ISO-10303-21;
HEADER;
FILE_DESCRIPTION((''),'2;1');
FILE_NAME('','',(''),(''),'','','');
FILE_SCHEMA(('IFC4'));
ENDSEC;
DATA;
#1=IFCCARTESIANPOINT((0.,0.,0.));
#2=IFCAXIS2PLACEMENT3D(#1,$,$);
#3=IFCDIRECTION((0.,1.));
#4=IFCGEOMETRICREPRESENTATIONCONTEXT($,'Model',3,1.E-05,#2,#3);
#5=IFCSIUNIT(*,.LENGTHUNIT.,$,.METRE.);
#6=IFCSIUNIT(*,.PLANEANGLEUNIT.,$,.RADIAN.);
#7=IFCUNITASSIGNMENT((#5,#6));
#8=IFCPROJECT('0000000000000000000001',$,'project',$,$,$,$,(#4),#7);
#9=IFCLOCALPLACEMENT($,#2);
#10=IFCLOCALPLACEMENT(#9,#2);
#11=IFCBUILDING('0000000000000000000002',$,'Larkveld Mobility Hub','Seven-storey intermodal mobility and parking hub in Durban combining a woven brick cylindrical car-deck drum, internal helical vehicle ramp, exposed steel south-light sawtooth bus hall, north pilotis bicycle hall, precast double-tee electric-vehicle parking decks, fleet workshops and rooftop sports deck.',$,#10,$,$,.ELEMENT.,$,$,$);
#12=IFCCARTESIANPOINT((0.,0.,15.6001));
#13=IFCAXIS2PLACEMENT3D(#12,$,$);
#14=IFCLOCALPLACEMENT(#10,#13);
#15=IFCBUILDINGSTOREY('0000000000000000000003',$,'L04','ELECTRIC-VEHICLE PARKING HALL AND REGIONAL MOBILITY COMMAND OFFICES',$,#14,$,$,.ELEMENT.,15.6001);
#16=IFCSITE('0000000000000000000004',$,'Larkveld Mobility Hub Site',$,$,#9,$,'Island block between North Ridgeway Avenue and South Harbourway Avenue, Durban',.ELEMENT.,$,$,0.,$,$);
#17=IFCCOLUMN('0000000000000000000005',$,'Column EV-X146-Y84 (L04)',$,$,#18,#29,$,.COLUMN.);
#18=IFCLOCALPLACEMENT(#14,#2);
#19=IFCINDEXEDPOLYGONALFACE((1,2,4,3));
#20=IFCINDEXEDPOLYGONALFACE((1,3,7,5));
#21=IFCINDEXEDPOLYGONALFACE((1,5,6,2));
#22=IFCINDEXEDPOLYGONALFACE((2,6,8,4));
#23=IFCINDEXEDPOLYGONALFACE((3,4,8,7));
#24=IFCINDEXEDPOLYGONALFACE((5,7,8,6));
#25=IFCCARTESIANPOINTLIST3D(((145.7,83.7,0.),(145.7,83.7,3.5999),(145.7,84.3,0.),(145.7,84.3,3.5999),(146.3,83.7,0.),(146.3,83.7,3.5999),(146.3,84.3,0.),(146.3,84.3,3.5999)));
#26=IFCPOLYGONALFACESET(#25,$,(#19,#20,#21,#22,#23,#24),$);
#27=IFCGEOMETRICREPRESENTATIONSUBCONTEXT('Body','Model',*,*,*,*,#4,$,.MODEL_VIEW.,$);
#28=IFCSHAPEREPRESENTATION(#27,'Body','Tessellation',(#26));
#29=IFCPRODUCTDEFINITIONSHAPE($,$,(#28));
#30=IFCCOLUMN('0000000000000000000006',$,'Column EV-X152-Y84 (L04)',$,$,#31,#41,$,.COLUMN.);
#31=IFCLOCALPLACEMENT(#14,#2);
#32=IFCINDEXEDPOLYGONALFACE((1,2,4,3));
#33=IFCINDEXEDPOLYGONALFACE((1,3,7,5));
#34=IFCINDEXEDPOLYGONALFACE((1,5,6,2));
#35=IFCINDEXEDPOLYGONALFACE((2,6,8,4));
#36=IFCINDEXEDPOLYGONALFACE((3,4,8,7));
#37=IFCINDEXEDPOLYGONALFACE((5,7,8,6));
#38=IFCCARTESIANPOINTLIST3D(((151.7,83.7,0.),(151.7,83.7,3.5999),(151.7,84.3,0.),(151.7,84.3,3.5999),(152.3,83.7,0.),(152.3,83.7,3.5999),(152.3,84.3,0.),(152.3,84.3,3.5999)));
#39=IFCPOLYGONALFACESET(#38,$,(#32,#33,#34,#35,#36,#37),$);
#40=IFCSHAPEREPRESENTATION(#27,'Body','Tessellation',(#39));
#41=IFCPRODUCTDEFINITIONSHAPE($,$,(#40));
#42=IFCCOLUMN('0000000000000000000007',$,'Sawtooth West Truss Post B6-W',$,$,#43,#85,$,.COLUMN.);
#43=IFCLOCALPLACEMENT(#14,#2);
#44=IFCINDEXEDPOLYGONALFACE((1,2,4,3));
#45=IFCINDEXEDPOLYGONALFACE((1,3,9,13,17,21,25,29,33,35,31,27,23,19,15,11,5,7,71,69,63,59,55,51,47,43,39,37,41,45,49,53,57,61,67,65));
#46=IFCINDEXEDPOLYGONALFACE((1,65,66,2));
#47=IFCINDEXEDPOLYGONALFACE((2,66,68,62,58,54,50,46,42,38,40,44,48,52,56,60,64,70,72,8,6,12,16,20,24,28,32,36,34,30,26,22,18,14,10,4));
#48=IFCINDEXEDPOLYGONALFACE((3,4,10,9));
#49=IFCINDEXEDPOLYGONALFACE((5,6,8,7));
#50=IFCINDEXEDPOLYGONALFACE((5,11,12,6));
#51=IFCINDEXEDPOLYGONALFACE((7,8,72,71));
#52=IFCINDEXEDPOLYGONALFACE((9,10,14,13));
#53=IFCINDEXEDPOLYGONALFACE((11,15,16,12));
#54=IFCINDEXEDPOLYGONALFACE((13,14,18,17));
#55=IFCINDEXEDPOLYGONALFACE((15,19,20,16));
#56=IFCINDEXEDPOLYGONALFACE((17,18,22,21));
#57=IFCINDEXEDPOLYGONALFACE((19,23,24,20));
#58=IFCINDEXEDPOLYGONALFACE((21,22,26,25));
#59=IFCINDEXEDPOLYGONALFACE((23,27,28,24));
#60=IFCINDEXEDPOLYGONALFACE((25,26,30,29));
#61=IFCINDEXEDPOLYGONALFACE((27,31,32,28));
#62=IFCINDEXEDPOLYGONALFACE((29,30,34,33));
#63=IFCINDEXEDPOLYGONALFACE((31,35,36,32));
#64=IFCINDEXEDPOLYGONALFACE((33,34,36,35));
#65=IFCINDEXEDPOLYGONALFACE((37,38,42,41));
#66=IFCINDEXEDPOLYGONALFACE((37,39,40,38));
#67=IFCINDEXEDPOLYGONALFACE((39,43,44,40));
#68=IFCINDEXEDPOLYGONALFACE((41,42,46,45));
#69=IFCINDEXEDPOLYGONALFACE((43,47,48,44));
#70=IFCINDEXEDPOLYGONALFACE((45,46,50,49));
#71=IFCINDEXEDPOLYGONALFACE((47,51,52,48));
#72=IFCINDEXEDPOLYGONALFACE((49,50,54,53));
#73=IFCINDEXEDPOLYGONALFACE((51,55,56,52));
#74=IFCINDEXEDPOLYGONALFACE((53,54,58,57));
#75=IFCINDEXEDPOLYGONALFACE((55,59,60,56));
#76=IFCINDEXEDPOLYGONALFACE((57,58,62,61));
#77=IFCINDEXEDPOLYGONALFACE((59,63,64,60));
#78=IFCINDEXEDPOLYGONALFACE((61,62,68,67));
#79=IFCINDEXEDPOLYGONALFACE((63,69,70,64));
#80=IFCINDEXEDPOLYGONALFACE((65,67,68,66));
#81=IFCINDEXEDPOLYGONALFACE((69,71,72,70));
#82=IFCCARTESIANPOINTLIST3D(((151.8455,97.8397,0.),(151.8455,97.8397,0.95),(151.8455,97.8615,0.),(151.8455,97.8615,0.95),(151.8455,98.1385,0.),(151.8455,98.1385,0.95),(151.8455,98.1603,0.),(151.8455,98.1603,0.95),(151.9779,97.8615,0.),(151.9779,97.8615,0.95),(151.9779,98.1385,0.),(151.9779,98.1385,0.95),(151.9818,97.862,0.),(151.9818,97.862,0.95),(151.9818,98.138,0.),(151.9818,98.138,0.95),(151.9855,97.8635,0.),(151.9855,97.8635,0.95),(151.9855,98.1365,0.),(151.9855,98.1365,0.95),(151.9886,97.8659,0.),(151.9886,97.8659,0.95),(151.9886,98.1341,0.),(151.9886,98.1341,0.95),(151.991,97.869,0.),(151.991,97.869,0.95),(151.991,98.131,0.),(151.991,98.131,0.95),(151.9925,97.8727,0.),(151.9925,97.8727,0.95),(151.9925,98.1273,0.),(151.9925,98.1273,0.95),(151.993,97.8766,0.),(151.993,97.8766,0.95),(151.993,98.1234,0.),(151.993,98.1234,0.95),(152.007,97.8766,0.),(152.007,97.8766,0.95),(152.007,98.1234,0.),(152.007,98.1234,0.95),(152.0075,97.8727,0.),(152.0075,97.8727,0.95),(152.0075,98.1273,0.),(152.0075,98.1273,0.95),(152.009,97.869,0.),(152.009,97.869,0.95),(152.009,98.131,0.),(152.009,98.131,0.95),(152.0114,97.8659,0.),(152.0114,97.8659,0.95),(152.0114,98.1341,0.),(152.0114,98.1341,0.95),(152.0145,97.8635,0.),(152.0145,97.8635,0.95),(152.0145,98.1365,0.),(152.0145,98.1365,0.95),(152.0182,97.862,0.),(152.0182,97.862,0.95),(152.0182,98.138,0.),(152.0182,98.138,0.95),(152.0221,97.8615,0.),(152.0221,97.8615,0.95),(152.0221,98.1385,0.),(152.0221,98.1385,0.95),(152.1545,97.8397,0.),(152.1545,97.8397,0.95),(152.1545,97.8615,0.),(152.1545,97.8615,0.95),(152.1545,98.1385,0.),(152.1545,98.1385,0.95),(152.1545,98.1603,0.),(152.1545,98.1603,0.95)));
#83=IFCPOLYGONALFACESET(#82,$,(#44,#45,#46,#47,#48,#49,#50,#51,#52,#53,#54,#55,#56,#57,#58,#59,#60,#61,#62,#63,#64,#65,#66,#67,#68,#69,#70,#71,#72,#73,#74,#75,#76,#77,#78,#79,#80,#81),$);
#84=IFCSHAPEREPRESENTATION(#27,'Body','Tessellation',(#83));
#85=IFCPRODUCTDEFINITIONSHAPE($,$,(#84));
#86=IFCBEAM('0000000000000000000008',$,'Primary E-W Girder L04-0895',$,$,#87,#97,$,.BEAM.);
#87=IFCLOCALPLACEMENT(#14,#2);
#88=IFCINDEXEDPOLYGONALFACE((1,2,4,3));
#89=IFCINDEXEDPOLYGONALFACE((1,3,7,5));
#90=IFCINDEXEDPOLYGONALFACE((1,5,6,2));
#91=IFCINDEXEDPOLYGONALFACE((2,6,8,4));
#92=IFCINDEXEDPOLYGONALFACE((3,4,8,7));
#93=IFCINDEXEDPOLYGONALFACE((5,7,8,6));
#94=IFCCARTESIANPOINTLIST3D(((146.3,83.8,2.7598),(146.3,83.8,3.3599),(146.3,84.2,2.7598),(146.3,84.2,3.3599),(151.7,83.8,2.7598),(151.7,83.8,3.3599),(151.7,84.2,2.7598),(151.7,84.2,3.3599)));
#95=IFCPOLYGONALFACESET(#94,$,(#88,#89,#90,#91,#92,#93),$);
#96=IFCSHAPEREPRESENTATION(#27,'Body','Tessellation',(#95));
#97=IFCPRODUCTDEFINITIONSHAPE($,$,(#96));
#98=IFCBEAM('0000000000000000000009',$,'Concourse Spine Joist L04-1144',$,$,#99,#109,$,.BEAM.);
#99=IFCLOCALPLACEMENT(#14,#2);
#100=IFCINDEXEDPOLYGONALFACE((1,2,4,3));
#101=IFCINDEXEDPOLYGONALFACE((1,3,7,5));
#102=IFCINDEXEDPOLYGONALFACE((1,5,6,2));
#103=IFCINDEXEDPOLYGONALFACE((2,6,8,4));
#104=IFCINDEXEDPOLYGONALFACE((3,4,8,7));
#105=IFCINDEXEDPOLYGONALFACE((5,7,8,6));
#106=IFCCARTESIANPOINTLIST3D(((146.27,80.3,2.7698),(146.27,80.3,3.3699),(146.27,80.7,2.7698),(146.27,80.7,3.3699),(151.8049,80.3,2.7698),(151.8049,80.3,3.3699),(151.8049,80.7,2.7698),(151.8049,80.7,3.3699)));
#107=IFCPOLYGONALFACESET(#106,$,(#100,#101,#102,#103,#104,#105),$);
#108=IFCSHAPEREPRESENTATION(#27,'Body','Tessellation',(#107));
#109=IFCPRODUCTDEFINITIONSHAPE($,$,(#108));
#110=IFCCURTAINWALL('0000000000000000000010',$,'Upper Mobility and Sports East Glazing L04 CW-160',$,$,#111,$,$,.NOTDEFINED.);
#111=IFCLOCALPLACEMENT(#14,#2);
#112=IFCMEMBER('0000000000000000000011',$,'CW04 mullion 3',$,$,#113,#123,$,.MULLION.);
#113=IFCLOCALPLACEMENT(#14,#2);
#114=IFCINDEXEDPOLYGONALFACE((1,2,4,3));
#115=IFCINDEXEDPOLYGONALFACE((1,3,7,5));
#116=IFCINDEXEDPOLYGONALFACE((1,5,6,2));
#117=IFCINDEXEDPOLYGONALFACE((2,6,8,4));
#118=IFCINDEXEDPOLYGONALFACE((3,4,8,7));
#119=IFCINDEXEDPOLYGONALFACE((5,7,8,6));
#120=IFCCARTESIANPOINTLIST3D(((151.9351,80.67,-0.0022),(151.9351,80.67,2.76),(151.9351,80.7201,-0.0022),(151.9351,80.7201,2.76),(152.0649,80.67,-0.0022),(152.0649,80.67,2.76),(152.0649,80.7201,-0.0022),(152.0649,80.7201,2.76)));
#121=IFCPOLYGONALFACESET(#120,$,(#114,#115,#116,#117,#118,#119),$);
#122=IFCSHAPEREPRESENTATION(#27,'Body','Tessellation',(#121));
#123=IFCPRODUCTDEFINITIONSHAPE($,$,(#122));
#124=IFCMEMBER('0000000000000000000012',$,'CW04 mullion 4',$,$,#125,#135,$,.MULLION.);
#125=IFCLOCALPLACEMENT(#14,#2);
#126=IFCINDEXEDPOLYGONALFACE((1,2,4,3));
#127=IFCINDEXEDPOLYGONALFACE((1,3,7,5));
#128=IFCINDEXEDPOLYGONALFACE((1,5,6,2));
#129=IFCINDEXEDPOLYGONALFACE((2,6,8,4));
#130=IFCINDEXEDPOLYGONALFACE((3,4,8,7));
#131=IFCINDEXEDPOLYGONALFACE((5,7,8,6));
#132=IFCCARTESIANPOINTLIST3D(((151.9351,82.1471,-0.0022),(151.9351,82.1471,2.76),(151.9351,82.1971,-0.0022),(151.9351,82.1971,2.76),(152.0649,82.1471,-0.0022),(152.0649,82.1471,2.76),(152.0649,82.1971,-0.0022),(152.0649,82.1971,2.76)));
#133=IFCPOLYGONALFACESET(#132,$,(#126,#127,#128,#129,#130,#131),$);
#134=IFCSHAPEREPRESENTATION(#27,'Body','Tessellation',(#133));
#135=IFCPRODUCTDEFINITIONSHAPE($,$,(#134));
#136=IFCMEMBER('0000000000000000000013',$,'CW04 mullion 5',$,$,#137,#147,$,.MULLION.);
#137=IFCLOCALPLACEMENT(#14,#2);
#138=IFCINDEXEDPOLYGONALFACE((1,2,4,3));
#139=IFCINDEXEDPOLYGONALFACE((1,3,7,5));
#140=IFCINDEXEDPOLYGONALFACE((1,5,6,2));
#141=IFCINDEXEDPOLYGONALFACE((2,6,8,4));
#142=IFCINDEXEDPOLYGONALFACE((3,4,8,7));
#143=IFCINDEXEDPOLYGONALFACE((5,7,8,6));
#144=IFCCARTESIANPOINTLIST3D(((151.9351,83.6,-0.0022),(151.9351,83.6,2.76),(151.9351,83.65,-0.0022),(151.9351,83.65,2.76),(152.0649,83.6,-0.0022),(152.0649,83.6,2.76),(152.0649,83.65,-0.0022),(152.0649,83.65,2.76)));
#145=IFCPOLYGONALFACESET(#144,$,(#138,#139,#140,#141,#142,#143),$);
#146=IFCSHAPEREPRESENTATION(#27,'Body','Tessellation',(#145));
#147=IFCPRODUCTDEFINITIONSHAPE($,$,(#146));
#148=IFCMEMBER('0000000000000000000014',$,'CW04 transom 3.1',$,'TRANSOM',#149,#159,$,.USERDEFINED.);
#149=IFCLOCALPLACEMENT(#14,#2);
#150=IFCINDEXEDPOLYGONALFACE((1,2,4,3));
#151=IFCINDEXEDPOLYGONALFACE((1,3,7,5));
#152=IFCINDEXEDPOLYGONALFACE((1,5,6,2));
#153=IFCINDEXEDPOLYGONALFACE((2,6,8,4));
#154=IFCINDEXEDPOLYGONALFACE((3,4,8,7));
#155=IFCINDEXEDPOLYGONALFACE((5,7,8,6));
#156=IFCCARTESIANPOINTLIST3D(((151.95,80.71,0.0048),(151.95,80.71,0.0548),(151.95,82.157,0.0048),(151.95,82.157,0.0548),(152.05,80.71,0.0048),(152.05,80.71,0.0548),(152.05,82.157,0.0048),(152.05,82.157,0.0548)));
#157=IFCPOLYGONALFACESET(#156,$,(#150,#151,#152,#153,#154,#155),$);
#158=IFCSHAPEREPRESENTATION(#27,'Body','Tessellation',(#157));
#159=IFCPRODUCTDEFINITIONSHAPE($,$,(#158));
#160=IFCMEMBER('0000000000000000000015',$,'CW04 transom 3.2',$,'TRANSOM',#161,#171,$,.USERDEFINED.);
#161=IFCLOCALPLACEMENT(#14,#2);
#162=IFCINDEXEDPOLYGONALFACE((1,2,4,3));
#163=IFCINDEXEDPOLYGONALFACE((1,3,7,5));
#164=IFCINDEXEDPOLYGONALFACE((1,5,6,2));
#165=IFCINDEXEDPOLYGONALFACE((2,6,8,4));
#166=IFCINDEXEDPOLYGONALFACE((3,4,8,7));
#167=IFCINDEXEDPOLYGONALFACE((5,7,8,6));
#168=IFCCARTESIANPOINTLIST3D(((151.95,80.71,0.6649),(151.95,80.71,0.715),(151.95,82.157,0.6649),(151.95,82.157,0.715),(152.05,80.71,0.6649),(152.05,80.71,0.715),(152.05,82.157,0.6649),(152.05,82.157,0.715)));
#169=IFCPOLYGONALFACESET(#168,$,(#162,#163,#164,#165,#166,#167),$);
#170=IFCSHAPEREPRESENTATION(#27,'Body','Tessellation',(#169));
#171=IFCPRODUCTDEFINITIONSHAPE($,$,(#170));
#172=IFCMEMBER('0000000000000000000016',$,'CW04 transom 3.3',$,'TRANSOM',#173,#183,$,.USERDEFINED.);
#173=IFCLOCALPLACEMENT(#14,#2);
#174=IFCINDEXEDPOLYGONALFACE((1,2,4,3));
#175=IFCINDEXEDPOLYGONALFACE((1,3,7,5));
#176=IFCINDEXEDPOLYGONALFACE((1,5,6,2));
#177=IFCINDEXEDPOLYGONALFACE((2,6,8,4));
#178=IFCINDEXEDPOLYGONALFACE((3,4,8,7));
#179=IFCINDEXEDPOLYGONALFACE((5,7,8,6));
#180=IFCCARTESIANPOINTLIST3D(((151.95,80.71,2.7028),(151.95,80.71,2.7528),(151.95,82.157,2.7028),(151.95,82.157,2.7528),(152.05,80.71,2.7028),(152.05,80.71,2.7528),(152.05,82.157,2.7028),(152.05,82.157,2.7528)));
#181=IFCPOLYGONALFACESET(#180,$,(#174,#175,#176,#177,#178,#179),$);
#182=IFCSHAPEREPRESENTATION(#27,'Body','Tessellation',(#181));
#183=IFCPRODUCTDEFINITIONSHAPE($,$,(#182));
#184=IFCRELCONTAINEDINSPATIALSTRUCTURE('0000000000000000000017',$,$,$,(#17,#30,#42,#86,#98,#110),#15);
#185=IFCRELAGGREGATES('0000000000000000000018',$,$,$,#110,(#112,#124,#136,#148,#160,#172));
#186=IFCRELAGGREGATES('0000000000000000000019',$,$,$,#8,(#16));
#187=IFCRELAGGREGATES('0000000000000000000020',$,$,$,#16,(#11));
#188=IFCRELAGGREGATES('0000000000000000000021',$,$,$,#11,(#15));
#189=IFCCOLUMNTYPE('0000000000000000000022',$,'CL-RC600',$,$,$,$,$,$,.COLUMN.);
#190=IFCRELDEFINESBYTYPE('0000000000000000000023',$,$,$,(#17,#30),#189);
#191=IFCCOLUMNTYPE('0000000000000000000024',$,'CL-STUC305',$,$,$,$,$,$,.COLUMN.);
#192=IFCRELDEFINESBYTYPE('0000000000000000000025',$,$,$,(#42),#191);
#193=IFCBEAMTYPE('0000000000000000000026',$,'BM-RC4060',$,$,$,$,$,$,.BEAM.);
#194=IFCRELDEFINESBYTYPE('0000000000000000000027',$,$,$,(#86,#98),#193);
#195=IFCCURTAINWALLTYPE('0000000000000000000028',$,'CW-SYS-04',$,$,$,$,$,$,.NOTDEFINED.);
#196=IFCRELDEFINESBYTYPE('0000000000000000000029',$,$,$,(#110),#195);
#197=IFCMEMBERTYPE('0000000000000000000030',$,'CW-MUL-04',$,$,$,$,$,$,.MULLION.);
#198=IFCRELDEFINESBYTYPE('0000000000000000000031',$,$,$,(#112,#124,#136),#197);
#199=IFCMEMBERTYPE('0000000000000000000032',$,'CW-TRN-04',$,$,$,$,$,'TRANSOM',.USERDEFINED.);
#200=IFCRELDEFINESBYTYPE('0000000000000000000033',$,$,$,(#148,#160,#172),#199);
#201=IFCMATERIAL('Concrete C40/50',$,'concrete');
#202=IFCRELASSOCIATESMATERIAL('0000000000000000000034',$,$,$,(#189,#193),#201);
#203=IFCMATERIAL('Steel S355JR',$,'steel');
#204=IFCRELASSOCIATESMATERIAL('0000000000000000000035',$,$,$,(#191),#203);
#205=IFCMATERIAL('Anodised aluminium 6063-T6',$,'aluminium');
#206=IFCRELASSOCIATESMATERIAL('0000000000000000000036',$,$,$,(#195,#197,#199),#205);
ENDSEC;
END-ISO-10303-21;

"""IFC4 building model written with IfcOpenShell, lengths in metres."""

from ifc_helpers import new_model, si_unit, direction, frame, origin, origin_2d, place, context, subcontext, project, spatial, rectangle, i_section, extrude, material, material_profile, profile_set, type_object, element, aggregate, save


model = new_model("IFC4")

# Units and contexts
model_context = context("Model", 3, precision=1e-05, world=origin(), true_north=direction((0.0, 1.0)))
body_context = subcontext(model_context, "Body", "Model", "MODEL_VIEW")
ifc_project = project(units=[si_unit("LENGTHUNIT", "METRE"), si_unit("PLANEANGLEUNIT", "RADIAN")], contexts=[model_context])

# Site, building, storey
site_placement = place(None, origin())
site = spatial("IfcSite", under=ifc_project, at=site_placement, Name="Larkveld Mobility Hub Site", LongName="Island block between North Ridgeway Avenue and South Harbourway Avenue, Durban", CompositionType="ELEMENT", RefElevation=0.0)
building_placement = place(site_placement, origin())
building = spatial("IfcBuilding", under=site, at=building_placement, Name="Larkveld Mobility Hub", Description="Seven-storey intermodal mobility and parking hub in Durban combining a woven brick cylindrical car-deck drum, internal helical vehicle ramp, exposed steel south-light sawtooth bus hall, north pilotis bicycle hall, precast double-tee electric-vehicle parking decks, fleet workshops and rooftop sports deck.", CompositionType="ELEMENT")
storey_placement = place(building_placement, frame((0.0, 0.0, 15.6001)))
storey = spatial("IfcBuildingStorey", under=building, at=storey_placement, Name="L04", Description="ELECTRIC-VEHICLE PARKING HALL AND REGIONAL MOBILITY COMMAND OFFICES", CompositionType="ELEMENT", Elevation=15.6001)

# Columns
ifc_material_1 = material(Name="Concrete C40/50", Category="concrete")
ifc_material_profile_1 = material_profile(ifc_material_1, rectangle(XDim=0.6001, YDim=0.6001, at=origin_2d()), Name="RC COL 600x600")
ifc_profile_set_1 = profile_set([ifc_material_profile_1], Name="Concrete C40/50")
column_type_1 = type_object("IfcColumnType", Name="CL-RC600", PredefinedType="COLUMN", material=ifc_profile_set_1)
for number, where, z_axis, x_axis, name in (
    (1, (146.0, 84.0, 0.0), (0.0, 0.0, 1.0), (1.0, 0.0, 0.0), "Column EV-X146-Y84 (L04)"),
    (2, (152.0, 84.0, 0.0), (0.0, 0.0, 1.0), (1.0, 0.0, 0.0), "Column EV-X152-Y84 (L04)"),
):
    element("IfcColumn", number, at=place(storey_placement, frame(where, z_axis=z_axis, x_axis=x_axis)), inside=storey, type_object=column_type_1, Name=name, PredefinedType="COLUMN", context=body_context, shape_type="SweptSolid", body=[
        extrude(rectangle(XDim=0.6001, YDim=0.6001, at=origin_2d()), origin(), (0.0, 0.0, 1.0), 3.5999),
    ])
ifc_material_2 = material(Name="Steel S355JR", Category="steel")
ifc_material_profile_2 = material_profile(ifc_material_2, i_section(OverallWidth=0.3091, OverallDepth=0.3206, WebThickness=0.0139, FlangeThickness=0.0217, FilletRadius=0.0151, at=origin_2d()), Name="UC 305x305x137")
ifc_profile_set_2 = profile_set([ifc_material_profile_2], Name="Steel S355JR")
column_type_2 = type_object("IfcColumnType", Name="CL-STUC305", PredefinedType="COLUMN", material=ifc_profile_set_2)
column_placement = place(storey_placement, frame((152.0, 98.0, 0.0), z_axis=(0.0, 0.0, 1.0), x_axis=(1.0, 0.0, 0.0)))
element("IfcColumn", 3, at=column_placement, inside=storey, type_object=column_type_2, Name="Sawtooth West Truss Post B6-W", PredefinedType="COLUMN", context=body_context, shape_type="SweptSolid", body=[
    extrude(i_section(OverallWidth=0.3091, OverallDepth=0.3206, WebThickness=0.0139, FlangeThickness=0.0217, FilletRadius=0.0151, at=origin_2d()), origin(), (0.0, 0.0, 1.0), 0.95),
])

# Beams
ifc_material_profile_3 = material_profile(ifc_material_1, rectangle(XDim=0.3999, YDim=0.6001, at=origin_2d()), Name="RC BM 400x600")
ifc_profile_set_3 = profile_set([ifc_material_profile_3], Name="Concrete C40/50")
beam_type = type_object("IfcBeamType", Name="BM-RC4060", PredefinedType="BEAM", material=ifc_profile_set_3)
beam_1_placement = place(storey_placement, frame((146.3, 84.0, 3.0598), z_axis=(1.0, 0.0, 0.0), x_axis=(0.0, 1.0, 0.0)))
element("IfcBeam", 4, at=beam_1_placement, inside=storey, type_object=beam_type, Name="Primary E-W Girder L04-0895", PredefinedType="BEAM", context=body_context, shape_type="SweptSolid", body=[
    extrude(rectangle(XDim=0.3999, YDim=0.6001, at=origin_2d()), origin(), (0.0, 0.0, 1.0), 5.3999),
])
beam_2_placement = place(storey_placement, frame((146.27, 80.5, 3.0698), z_axis=(1.0, 0.0, 0.0), x_axis=(0.0, 1.0, 0.0)))
element("IfcBeam", 5, at=beam_2_placement, inside=storey, type_object=beam_type, Name="Concourse Spine Joist L04-1144", PredefinedType="BEAM", context=body_context, shape_type="SweptSolid", body=[
    extrude(rectangle(XDim=0.3999, YDim=0.6001, at=origin_2d()), origin(), (0.0, 0.0, 1.0), 5.5349),
])

# Curtain wall, members
ifc_material_3 = material(Name="Anodised aluminium 6063-T6", Category="aluminium")
curtain_wall_type = type_object("IfcCurtainWallType", Name="CW-SYS-04", PredefinedType="NOTDEFINED", material=ifc_material_3)
curtain_wall_placement = place(storey_placement, origin())
curtain_wall = element("IfcCurtainWall", 6, at=curtain_wall_placement, inside=storey, type_object=curtain_wall_type, Name="Upper Mobility and Sports East Glazing L04 CW-160", PredefinedType="NOTDEFINED")
ifc_material_profile_4 = material_profile(ifc_material_3, rectangle(XDim=0.05, YDim=0.1299, at=origin_2d()), Name="ALU MULL 50x130")
ifc_profile_set_4 = profile_set([ifc_material_profile_4], Name="Anodised aluminium 6063-T6")
member_type_1 = type_object("IfcMemberType", Name="CW-MUL-04", PredefinedType="MULLION", material=ifc_profile_set_4)
member_1_placement = place(storey_placement, frame((152.0, 80.6951, -0.0022), z_axis=(0.0, 0.0, 1.0), x_axis=(0.0, 1.0, 0.0)))
member_1 = element("IfcMember", 7, at=member_1_placement, type_object=member_type_1, Name="CW04 mullion 3", PredefinedType="MULLION", context=body_context, shape_type="SweptSolid", body=[
    extrude(rectangle(XDim=0.05, YDim=0.1299, at=origin_2d()), origin(), (0.0, 0.0, 1.0), 2.7622),
])
member_2_placement = place(storey_placement, frame((152.0, 82.1721, -0.0022), z_axis=(0.0, 0.0, 1.0), x_axis=(0.0, 1.0, 0.0)))
member_2 = element("IfcMember", 8, at=member_2_placement, type_object=member_type_1, Name="CW04 mullion 4", PredefinedType="MULLION", context=body_context, shape_type="SweptSolid", body=[
    extrude(rectangle(XDim=0.05, YDim=0.1299, at=origin_2d()), origin(), (0.0, 0.0, 1.0), 2.7622),
])
member_3_placement = place(storey_placement, frame((152.0, 83.625, -0.0022), z_axis=(0.0, 0.0, 1.0), x_axis=(0.0, 1.0, 0.0)))
member_3 = element("IfcMember", 9, at=member_3_placement, type_object=member_type_1, Name="CW04 mullion 5", PredefinedType="MULLION", context=body_context, shape_type="SweptSolid", body=[
    extrude(rectangle(XDim=0.05, YDim=0.1299, at=origin_2d()), origin(), (0.0, 0.0, 1.0), 2.7622),
])
ifc_material_profile_5 = material_profile(ifc_material_3, rectangle(XDim=0.1001, YDim=0.05, at=origin_2d()), Name="ALU TRAN 50x100")
ifc_profile_set_5 = profile_set([ifc_material_profile_5], Name="Anodised aluminium 6063-T6")
member_type_2 = type_object("IfcMemberType", Name="CW-TRN-04", ElementType="TRANSOM", PredefinedType="USERDEFINED", material=ifc_profile_set_5)
member_4_placement = place(storey_placement, frame((152.0, 80.71, 0.0298), z_axis=(0.0, 1.0, 0.0), x_axis=(-1.0, 0.0, 0.0)))
member_4 = element("IfcMember", 10, at=member_4_placement, type_object=member_type_2, Name="CW04 transom 3.1", ObjectType="TRANSOM", PredefinedType="USERDEFINED", context=body_context, shape_type="SweptSolid", body=[
    extrude(rectangle(XDim=0.1001, YDim=0.05, at=origin_2d()), origin(), (0.0, 0.0, 1.0), 1.447),
])
member_5_placement = place(storey_placement, frame((152.0, 80.71, 0.6899), z_axis=(0.0, 1.0, 0.0), x_axis=(-1.0, 0.0, 0.0)))
member_5 = element("IfcMember", 11, at=member_5_placement, type_object=member_type_2, Name="CW04 transom 3.2", ObjectType="TRANSOM", PredefinedType="USERDEFINED", context=body_context, shape_type="SweptSolid", body=[
    extrude(rectangle(XDim=0.1001, YDim=0.05, at=origin_2d()), origin(), (0.0, 0.0, 1.0), 1.447),
])
member_6_placement = place(storey_placement, frame((152.0, 80.71, 2.7278), z_axis=(0.0, 1.0, 0.0), x_axis=(-1.0, 0.0, 0.0)))
member_6 = element("IfcMember", 12, at=member_6_placement, type_object=member_type_2, Name="CW04 transom 3.3", ObjectType="TRANSOM", PredefinedType="USERDEFINED", context=body_context, shape_type="SweptSolid", body=[
    extrude(rectangle(XDim=0.1001, YDim=0.05, at=origin_2d()), origin(), (0.0, 0.0, 1.0), 1.447),
])
aggregate(curtain_wall, [member_1, member_2, member_3, member_4, member_5, member_6])

save(model, "model.ifc")
